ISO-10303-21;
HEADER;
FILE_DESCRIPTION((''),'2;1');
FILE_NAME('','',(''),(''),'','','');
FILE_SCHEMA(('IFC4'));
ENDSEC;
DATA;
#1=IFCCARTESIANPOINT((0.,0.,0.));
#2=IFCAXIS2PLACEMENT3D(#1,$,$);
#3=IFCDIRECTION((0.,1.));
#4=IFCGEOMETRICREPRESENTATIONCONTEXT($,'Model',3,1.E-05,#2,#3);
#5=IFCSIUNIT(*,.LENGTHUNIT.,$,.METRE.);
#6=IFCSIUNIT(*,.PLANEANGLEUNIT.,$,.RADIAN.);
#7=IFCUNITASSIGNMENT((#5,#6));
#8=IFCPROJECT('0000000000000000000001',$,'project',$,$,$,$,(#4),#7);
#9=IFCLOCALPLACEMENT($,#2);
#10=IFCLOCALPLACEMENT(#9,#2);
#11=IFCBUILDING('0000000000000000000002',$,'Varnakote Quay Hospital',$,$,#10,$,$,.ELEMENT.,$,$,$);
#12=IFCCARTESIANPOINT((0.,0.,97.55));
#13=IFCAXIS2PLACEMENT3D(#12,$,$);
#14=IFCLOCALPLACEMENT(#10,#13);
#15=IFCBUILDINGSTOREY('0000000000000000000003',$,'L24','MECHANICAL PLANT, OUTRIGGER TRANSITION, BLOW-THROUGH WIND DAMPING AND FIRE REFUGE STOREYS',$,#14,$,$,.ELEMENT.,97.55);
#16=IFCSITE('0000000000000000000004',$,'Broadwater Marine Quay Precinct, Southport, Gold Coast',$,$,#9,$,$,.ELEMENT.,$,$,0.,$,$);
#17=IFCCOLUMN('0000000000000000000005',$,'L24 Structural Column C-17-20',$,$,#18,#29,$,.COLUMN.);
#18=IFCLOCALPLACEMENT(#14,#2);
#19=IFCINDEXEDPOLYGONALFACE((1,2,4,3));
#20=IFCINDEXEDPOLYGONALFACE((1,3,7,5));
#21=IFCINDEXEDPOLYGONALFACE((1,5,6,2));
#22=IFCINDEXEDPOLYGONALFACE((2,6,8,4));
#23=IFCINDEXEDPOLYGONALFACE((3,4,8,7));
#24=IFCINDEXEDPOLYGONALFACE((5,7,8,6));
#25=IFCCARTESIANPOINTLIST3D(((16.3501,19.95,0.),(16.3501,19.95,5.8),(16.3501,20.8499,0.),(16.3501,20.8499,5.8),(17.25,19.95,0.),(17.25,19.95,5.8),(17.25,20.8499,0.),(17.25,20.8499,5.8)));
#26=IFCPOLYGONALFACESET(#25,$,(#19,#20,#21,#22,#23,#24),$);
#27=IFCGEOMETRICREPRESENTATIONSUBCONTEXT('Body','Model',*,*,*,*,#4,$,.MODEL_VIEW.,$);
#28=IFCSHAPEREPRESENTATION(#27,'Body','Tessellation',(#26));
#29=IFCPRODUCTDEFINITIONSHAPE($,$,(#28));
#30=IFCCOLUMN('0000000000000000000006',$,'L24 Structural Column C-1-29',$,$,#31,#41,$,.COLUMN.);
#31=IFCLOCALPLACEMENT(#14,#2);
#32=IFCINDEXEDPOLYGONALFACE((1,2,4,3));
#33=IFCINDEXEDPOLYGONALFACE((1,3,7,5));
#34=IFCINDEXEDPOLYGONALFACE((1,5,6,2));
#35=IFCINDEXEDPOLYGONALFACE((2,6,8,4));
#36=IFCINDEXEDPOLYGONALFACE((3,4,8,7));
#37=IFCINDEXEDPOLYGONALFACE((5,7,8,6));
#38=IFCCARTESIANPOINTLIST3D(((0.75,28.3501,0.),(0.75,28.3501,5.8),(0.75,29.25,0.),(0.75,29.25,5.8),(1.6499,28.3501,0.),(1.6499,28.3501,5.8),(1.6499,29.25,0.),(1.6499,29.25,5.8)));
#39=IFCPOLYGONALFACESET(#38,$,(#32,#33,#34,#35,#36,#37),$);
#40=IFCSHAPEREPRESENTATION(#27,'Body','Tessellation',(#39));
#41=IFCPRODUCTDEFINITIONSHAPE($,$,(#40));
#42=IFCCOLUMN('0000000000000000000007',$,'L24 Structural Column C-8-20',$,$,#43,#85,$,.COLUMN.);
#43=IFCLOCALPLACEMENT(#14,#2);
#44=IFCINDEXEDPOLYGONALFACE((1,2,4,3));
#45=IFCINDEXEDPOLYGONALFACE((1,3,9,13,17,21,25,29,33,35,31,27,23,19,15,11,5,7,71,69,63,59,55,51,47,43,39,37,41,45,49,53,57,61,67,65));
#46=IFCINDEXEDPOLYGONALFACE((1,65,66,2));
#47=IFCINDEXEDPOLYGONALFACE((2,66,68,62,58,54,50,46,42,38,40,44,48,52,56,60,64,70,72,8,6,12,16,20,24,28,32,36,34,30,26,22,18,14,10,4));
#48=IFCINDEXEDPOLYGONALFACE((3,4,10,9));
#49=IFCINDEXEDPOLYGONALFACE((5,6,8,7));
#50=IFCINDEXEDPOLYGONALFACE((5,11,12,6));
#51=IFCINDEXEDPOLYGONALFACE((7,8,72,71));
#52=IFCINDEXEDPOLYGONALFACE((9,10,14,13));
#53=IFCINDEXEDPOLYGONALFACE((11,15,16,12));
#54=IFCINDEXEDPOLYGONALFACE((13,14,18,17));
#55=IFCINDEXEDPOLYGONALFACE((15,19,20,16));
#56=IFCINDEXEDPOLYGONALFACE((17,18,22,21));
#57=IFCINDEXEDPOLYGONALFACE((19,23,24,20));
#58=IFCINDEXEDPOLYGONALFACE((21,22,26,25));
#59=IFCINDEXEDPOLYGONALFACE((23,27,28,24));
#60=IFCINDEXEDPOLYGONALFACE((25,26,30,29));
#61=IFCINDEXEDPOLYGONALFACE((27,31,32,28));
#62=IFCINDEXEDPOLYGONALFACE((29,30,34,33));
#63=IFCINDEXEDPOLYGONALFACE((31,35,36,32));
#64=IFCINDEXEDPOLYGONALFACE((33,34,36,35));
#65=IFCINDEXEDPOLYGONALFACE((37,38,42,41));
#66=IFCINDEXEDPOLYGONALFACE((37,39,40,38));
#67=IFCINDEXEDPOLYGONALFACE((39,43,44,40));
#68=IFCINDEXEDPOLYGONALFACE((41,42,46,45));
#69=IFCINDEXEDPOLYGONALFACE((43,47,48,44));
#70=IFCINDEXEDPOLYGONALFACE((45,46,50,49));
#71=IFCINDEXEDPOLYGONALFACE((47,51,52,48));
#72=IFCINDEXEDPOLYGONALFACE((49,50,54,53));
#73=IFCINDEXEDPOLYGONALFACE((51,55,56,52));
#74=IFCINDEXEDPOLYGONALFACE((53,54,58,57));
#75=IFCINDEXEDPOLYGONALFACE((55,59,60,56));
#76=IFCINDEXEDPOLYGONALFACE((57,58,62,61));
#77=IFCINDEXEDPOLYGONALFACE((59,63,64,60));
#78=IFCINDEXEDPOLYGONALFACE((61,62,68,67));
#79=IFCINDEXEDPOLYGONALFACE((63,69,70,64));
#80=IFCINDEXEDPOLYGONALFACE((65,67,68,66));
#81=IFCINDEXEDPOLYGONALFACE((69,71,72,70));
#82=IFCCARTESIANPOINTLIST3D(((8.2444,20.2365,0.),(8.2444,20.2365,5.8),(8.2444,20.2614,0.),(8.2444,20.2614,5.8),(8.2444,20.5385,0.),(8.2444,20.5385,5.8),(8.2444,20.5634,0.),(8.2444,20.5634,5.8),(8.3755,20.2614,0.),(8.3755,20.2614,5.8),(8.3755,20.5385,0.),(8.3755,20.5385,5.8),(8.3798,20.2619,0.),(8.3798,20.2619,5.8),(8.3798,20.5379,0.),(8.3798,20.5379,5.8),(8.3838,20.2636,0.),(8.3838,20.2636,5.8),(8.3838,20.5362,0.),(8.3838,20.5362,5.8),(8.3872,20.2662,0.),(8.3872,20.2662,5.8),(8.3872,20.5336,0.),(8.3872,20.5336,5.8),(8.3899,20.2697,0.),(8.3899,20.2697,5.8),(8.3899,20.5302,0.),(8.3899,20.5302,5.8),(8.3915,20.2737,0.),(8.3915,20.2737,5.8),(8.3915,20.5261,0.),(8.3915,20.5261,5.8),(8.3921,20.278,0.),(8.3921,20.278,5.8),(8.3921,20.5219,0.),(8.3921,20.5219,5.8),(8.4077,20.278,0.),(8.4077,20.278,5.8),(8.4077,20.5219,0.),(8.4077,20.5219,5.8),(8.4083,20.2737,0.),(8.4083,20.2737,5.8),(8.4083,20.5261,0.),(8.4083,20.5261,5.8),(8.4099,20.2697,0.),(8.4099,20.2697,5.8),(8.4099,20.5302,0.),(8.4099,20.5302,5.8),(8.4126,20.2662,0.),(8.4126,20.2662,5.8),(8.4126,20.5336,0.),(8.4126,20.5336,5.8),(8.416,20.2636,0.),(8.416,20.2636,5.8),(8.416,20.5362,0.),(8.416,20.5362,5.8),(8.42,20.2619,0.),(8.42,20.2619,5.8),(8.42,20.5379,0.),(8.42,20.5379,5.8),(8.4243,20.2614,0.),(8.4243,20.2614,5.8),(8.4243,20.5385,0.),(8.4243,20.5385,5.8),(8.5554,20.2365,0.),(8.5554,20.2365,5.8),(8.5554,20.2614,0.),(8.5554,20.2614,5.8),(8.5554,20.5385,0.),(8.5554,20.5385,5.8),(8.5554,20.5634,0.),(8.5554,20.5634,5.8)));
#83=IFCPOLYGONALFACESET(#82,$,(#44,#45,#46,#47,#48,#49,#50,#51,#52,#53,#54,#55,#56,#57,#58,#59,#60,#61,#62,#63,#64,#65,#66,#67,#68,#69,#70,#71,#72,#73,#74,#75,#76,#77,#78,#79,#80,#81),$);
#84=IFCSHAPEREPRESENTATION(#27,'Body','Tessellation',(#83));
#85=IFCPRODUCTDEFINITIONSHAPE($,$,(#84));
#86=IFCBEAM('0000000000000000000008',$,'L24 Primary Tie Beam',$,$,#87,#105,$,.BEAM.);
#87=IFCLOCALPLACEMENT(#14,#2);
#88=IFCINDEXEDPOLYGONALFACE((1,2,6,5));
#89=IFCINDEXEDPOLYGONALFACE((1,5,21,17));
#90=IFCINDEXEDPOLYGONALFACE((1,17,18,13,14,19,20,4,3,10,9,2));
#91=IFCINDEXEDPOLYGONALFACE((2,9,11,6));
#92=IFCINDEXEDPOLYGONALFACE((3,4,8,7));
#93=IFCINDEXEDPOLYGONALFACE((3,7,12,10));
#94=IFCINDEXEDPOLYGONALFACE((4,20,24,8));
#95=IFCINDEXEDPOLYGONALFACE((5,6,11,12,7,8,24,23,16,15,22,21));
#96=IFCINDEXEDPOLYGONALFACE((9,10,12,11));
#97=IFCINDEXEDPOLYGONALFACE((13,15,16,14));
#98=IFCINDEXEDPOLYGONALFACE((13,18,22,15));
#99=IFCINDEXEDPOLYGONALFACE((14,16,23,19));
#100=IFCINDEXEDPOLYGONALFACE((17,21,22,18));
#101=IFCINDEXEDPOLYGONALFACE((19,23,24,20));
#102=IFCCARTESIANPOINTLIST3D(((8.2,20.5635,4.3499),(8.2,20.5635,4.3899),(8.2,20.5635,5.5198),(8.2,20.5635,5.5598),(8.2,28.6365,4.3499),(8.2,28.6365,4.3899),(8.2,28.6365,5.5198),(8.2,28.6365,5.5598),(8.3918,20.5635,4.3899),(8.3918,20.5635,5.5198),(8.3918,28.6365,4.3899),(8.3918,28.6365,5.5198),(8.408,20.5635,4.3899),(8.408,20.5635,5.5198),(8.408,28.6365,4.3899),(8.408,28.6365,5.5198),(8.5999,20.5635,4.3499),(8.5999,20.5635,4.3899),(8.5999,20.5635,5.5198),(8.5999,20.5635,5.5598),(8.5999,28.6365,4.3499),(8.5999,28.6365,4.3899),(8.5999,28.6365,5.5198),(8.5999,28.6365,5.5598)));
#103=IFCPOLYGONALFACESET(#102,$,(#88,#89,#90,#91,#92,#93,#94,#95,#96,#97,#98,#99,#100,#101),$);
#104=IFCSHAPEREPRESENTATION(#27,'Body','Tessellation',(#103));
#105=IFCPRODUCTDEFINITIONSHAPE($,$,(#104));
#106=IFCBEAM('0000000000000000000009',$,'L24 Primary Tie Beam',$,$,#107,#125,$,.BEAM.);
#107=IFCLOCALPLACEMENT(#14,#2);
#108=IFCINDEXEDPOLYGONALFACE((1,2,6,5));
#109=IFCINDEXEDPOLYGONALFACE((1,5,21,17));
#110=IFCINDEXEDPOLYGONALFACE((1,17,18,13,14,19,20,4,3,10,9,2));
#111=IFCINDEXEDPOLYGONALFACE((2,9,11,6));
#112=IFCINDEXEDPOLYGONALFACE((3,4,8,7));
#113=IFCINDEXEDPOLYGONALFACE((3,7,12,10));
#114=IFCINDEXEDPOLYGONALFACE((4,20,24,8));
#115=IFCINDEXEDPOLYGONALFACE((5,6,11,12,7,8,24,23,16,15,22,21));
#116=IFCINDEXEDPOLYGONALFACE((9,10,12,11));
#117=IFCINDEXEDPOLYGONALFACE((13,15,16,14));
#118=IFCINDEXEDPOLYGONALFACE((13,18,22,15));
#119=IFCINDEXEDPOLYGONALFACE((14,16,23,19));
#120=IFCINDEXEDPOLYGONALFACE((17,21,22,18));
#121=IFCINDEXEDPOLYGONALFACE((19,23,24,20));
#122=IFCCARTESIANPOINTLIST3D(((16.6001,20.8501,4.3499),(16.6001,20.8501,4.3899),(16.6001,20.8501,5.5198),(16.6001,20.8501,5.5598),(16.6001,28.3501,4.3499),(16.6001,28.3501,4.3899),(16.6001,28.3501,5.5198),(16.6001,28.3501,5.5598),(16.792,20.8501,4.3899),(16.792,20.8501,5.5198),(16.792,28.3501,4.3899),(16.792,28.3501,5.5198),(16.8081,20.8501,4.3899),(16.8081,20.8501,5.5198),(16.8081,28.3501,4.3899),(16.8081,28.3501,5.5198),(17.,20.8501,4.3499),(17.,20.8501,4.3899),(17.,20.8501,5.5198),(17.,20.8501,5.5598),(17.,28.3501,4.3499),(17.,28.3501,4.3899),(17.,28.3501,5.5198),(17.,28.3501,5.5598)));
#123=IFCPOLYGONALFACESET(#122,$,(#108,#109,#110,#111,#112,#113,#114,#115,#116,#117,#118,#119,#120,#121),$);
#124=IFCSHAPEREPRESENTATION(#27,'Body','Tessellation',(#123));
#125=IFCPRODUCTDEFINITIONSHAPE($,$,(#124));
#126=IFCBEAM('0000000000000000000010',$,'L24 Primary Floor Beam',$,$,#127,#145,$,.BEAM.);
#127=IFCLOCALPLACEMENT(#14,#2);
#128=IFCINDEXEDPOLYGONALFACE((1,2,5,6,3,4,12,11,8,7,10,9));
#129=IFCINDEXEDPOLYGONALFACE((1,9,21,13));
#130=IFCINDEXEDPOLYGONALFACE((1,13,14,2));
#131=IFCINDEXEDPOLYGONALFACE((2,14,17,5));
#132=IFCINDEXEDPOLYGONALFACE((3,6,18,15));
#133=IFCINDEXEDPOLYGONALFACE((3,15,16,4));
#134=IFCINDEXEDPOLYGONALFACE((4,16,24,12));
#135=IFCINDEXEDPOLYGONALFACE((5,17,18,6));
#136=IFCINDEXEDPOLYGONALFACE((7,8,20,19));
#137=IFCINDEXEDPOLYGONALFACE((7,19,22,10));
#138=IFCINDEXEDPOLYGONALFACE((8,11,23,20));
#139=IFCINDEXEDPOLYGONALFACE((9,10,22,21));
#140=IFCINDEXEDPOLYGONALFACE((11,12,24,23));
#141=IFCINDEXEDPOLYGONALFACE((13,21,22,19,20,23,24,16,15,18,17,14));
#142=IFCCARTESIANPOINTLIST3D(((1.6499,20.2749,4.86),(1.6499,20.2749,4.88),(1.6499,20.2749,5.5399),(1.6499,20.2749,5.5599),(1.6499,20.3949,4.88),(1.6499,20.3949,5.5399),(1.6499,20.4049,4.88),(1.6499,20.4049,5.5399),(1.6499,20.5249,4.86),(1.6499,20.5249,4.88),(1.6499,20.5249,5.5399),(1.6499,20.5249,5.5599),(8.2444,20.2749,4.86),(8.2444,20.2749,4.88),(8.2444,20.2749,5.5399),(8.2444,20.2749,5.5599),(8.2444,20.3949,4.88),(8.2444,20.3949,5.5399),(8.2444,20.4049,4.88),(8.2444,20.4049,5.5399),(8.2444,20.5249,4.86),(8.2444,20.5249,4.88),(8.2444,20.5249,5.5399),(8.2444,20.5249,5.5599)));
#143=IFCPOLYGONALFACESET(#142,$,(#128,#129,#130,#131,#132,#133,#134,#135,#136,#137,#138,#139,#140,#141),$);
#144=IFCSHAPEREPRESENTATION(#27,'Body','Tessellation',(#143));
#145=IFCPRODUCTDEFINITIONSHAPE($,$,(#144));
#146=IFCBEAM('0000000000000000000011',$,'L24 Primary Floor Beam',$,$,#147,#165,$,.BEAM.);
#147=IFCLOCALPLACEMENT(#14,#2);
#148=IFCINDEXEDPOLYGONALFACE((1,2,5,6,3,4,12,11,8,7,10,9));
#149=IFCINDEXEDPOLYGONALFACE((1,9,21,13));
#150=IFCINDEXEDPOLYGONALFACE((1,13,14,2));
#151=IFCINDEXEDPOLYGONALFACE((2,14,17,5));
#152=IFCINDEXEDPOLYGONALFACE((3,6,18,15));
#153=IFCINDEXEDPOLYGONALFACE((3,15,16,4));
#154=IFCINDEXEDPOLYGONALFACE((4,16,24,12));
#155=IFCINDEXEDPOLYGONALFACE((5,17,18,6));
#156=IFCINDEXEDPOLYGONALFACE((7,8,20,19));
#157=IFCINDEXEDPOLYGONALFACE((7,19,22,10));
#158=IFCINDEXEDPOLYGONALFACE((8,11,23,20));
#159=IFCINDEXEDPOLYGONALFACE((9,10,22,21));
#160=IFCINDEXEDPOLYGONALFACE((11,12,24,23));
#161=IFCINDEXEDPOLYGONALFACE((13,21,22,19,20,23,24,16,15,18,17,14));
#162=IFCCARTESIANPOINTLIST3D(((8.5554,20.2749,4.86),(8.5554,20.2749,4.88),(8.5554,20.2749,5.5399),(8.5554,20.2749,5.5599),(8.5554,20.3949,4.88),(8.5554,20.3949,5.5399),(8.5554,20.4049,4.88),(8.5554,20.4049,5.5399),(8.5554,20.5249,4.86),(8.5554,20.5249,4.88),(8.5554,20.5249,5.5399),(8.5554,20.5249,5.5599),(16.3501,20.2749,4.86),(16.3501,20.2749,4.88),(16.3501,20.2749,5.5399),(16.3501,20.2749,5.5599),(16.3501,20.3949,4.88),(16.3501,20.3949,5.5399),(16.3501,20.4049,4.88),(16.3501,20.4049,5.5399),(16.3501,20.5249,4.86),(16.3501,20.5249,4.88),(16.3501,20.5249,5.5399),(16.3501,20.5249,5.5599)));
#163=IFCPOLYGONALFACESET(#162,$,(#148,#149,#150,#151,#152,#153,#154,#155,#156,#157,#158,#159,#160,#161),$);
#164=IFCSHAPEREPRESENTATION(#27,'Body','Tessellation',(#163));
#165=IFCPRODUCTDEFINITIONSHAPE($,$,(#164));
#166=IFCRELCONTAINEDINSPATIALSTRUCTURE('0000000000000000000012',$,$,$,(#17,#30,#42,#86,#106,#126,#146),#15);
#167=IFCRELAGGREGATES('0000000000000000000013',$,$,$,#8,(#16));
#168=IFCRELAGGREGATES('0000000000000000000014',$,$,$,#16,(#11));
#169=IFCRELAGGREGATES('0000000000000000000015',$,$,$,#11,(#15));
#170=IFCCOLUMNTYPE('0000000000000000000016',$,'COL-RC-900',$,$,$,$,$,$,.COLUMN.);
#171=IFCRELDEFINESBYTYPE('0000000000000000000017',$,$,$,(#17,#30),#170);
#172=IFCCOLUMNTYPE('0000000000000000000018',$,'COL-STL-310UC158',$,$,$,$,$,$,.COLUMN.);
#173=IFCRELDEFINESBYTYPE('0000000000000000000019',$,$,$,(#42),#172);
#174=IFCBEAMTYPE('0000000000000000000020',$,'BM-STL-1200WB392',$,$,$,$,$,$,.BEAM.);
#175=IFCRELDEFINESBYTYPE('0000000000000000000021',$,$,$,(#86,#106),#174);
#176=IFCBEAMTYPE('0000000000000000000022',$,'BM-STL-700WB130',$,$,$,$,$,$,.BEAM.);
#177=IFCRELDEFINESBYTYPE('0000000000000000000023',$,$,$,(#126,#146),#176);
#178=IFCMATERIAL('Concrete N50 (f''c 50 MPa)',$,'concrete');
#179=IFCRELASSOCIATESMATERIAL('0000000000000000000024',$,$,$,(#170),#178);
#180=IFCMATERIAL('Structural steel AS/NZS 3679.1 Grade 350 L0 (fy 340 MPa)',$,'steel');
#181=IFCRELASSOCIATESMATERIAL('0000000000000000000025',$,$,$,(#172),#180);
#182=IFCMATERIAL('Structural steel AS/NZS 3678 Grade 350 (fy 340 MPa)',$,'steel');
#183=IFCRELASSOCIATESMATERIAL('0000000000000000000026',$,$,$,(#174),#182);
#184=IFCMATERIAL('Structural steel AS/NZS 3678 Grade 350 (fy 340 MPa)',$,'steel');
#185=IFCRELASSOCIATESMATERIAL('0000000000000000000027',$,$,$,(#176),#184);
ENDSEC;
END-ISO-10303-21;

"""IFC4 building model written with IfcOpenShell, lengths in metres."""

from ifc_helpers import new_model, si_unit, direction, frame, origin, origin_2d, place, context, subcontext, project, spatial, rectangle, i_section, extrude, material, material_profile, profile_set, type_object, element, save


model = new_model("IFC4")

# Units and contexts
model_context = context("Model", 3, precision=1e-05, world=origin(), true_north=direction((0.0, 1.0)))
body_context = subcontext(model_context, "Body", "Model", "MODEL_VIEW")
ifc_project = project(units=[si_unit("LENGTHUNIT", "METRE"), si_unit("PLANEANGLEUNIT", "RADIAN")], contexts=[model_context])

# Site, building, storey
site_placement = place(None, origin())
site = spatial("IfcSite", under=ifc_project, at=site_placement, Name="Broadwater Marine Quay Precinct, Southport, Gold Coast", CompositionType="ELEMENT", RefElevation=0.0)
building_placement = place(site_placement, origin())
building = spatial("IfcBuilding", under=site, at=building_placement, Name="Varnakote Quay Hospital", CompositionType="ELEMENT")
storey_placement = place(building_placement, frame((0.0, 0.0, 97.55)))
storey = spatial("IfcBuildingStorey", under=building, at=storey_placement, Name="L24", Description="MECHANICAL PLANT, OUTRIGGER TRANSITION, BLOW-THROUGH WIND DAMPING AND FIRE REFUGE STOREYS", CompositionType="ELEMENT", Elevation=97.55)

# Columns
ifc_material_1 = material(Name="Concrete N50 (f'c 50 MPa)", Category="concrete")
ifc_material_profile_1 = material_profile(ifc_material_1, rectangle(XDim=0.8999, YDim=0.8999, at=origin_2d()), Name="RC-COL-900x900")
ifc_profile_set_1 = profile_set([ifc_material_profile_1], Name="Concrete N50 (f'c 50 MPa)")
column_type_1 = type_object("IfcColumnType", Name="COL-RC-900", PredefinedType="COLUMN", material=ifc_profile_set_1)
for number, where, z_axis, x_axis, name in (
    (1, (16.8, 20.3999, 0.0), (0.0, 0.0, 1.0), (1.0, 0.0, 0.0), "L24 Structural Column C-17-20"),
    (2, (1.2, 28.8, 0.0), (0.0, 0.0, 1.0), (1.0, 0.0, 0.0), "L24 Structural Column C-1-29"),
):
    element("IfcColumn", number, at=place(storey_placement, frame(where, z_axis=z_axis, x_axis=x_axis)), inside=storey, type_object=column_type_1, Name=name, PredefinedType="COLUMN", context=body_context, shape_type="SweptSolid", body=[
        extrude(rectangle(XDim=0.8999, YDim=0.8999, at=origin_2d()), origin(), (0.0, 0.0, 1.0), 5.8),
    ])
ifc_material_2 = material(Name="Structural steel AS/NZS 3679.1 Grade 350 L0 (fy 340 MPa)", Category="steel")
ifc_material_profile_2 = material_profile(ifc_material_2, i_section(OverallWidth=0.311, OverallDepth=0.3269, WebThickness=0.0156, FlangeThickness=0.0249, FilletRadius=0.0166, at=origin_2d()), Name="310UC158")
ifc_profile_set_2 = profile_set([ifc_material_profile_2], Name="Structural steel AS/NZS 3679.1 Grade 350 L0 (fy 340 MPa)")
column_type_2 = type_object("IfcColumnType", Name="COL-STL-310UC158", PredefinedType="COLUMN", material=ifc_profile_set_2)
column_placement = place(storey_placement, frame((8.3999, 20.3999, 0.0), z_axis=(0.0, 0.0, 1.0), x_axis=(1.0, 0.0, 0.0)))
element("IfcColumn", 3, at=column_placement, inside=storey, type_object=column_type_2, Name="L24 Structural Column C-8-20", PredefinedType="COLUMN", context=body_context, shape_type="SweptSolid", body=[
    extrude(i_section(OverallWidth=0.311, OverallDepth=0.3269, WebThickness=0.0156, FlangeThickness=0.0249, FilletRadius=0.0166, at=origin_2d()), origin(), (0.0, 0.0, 1.0), 5.8),
])

# Beams
ifc_material_3 = material(Name="Structural steel AS/NZS 3678 Grade 350 (fy 340 MPa)", Category="steel")
ifc_material_profile_3 = material_profile(ifc_material_3, i_section(OverallWidth=0.3999, OverallDepth=1.21, WebThickness=0.0161, FlangeThickness=0.04, at=origin_2d()), Name="1200WB392")
ifc_profile_set_3 = profile_set([ifc_material_profile_3], Name="Structural steel AS/NZS 3678 Grade 350 (fy 340 MPa)")
beam_type_1 = type_object("IfcBeamType", Name="BM-STL-1200WB392", PredefinedType="BEAM", material=ifc_profile_set_3)
beam_1_placement = place(storey_placement, frame((8.3999, 20.5635, 4.9548), z_axis=(0.0, 1.0, 0.0), x_axis=(-1.0, 0.0, 0.0)))
element("IfcBeam", 4, at=beam_1_placement, inside=storey, type_object=beam_type_1, Name="L24 Primary Tie Beam", PredefinedType="BEAM", context=body_context, shape_type="SweptSolid", body=[
    extrude(i_section(OverallWidth=0.3999, OverallDepth=1.21, WebThickness=0.0161, FlangeThickness=0.04, at=origin_2d()), origin(), (0.0, 0.0, 1.0), 8.073),
])
beam_2_placement = place(storey_placement, frame((16.8, 20.8501, 4.9548), z_axis=(0.0, 1.0, 0.0), x_axis=(-1.0, 0.0, 0.0)))
element("IfcBeam", 5, at=beam_2_placement, inside=storey, type_object=beam_type_1, Name="L24 Primary Tie Beam", PredefinedType="BEAM", context=body_context, shape_type="SweptSolid", body=[
    extrude(i_section(OverallWidth=0.3999, OverallDepth=1.21, WebThickness=0.0161, FlangeThickness=0.04, at=origin_2d()), origin(), (0.0, 0.0, 1.0), 7.5),
])
ifc_material_4 = material(Name="Structural steel AS/NZS 3678 Grade 350 (fy 340 MPa)", Category="steel")
ifc_material_profile_4 = material_profile(ifc_material_4, i_section(OverallWidth=0.25, OverallDepth=0.7, WebThickness=0.01, FlangeThickness=0.02, at=origin_2d()), Name="700WB130")
ifc_profile_set_4 = profile_set([ifc_material_profile_4], Name="Structural steel AS/NZS 3678 Grade 350 (fy 340 MPa)")
beam_type_2 = type_object("IfcBeamType", Name="BM-STL-700WB130", PredefinedType="BEAM", material=ifc_profile_set_4)
beam_3_placement = place(storey_placement, frame((1.6499, 20.3999, 5.21), z_axis=(1.0, 0.0, 0.0), x_axis=(0.0, 1.0, 0.0)))
element("IfcBeam", 6, at=beam_3_placement, inside=storey, type_object=beam_type_2, Name="L24 Primary Floor Beam", PredefinedType="BEAM", context=body_context, shape_type="SweptSolid", body=[
    extrude(i_section(OverallWidth=0.25, OverallDepth=0.7, WebThickness=0.01, FlangeThickness=0.02, at=origin_2d()), origin(), (0.0, 0.0, 1.0), 6.5945),
])
beam_4_placement = place(storey_placement, frame((8.5554, 20.3999, 5.21), z_axis=(1.0, 0.0, 0.0), x_axis=(0.0, 1.0, 0.0)))
element("IfcBeam", 7, at=beam_4_placement, inside=storey, type_object=beam_type_2, Name="L24 Primary Floor Beam", PredefinedType="BEAM", context=body_context, shape_type="SweptSolid", body=[
    extrude(i_section(OverallWidth=0.25, OverallDepth=0.7, WebThickness=0.01, FlangeThickness=0.02, at=origin_2d()), origin(), (0.0, 0.0, 1.0), 7.7947),
])

save(model, "model.ifc")
